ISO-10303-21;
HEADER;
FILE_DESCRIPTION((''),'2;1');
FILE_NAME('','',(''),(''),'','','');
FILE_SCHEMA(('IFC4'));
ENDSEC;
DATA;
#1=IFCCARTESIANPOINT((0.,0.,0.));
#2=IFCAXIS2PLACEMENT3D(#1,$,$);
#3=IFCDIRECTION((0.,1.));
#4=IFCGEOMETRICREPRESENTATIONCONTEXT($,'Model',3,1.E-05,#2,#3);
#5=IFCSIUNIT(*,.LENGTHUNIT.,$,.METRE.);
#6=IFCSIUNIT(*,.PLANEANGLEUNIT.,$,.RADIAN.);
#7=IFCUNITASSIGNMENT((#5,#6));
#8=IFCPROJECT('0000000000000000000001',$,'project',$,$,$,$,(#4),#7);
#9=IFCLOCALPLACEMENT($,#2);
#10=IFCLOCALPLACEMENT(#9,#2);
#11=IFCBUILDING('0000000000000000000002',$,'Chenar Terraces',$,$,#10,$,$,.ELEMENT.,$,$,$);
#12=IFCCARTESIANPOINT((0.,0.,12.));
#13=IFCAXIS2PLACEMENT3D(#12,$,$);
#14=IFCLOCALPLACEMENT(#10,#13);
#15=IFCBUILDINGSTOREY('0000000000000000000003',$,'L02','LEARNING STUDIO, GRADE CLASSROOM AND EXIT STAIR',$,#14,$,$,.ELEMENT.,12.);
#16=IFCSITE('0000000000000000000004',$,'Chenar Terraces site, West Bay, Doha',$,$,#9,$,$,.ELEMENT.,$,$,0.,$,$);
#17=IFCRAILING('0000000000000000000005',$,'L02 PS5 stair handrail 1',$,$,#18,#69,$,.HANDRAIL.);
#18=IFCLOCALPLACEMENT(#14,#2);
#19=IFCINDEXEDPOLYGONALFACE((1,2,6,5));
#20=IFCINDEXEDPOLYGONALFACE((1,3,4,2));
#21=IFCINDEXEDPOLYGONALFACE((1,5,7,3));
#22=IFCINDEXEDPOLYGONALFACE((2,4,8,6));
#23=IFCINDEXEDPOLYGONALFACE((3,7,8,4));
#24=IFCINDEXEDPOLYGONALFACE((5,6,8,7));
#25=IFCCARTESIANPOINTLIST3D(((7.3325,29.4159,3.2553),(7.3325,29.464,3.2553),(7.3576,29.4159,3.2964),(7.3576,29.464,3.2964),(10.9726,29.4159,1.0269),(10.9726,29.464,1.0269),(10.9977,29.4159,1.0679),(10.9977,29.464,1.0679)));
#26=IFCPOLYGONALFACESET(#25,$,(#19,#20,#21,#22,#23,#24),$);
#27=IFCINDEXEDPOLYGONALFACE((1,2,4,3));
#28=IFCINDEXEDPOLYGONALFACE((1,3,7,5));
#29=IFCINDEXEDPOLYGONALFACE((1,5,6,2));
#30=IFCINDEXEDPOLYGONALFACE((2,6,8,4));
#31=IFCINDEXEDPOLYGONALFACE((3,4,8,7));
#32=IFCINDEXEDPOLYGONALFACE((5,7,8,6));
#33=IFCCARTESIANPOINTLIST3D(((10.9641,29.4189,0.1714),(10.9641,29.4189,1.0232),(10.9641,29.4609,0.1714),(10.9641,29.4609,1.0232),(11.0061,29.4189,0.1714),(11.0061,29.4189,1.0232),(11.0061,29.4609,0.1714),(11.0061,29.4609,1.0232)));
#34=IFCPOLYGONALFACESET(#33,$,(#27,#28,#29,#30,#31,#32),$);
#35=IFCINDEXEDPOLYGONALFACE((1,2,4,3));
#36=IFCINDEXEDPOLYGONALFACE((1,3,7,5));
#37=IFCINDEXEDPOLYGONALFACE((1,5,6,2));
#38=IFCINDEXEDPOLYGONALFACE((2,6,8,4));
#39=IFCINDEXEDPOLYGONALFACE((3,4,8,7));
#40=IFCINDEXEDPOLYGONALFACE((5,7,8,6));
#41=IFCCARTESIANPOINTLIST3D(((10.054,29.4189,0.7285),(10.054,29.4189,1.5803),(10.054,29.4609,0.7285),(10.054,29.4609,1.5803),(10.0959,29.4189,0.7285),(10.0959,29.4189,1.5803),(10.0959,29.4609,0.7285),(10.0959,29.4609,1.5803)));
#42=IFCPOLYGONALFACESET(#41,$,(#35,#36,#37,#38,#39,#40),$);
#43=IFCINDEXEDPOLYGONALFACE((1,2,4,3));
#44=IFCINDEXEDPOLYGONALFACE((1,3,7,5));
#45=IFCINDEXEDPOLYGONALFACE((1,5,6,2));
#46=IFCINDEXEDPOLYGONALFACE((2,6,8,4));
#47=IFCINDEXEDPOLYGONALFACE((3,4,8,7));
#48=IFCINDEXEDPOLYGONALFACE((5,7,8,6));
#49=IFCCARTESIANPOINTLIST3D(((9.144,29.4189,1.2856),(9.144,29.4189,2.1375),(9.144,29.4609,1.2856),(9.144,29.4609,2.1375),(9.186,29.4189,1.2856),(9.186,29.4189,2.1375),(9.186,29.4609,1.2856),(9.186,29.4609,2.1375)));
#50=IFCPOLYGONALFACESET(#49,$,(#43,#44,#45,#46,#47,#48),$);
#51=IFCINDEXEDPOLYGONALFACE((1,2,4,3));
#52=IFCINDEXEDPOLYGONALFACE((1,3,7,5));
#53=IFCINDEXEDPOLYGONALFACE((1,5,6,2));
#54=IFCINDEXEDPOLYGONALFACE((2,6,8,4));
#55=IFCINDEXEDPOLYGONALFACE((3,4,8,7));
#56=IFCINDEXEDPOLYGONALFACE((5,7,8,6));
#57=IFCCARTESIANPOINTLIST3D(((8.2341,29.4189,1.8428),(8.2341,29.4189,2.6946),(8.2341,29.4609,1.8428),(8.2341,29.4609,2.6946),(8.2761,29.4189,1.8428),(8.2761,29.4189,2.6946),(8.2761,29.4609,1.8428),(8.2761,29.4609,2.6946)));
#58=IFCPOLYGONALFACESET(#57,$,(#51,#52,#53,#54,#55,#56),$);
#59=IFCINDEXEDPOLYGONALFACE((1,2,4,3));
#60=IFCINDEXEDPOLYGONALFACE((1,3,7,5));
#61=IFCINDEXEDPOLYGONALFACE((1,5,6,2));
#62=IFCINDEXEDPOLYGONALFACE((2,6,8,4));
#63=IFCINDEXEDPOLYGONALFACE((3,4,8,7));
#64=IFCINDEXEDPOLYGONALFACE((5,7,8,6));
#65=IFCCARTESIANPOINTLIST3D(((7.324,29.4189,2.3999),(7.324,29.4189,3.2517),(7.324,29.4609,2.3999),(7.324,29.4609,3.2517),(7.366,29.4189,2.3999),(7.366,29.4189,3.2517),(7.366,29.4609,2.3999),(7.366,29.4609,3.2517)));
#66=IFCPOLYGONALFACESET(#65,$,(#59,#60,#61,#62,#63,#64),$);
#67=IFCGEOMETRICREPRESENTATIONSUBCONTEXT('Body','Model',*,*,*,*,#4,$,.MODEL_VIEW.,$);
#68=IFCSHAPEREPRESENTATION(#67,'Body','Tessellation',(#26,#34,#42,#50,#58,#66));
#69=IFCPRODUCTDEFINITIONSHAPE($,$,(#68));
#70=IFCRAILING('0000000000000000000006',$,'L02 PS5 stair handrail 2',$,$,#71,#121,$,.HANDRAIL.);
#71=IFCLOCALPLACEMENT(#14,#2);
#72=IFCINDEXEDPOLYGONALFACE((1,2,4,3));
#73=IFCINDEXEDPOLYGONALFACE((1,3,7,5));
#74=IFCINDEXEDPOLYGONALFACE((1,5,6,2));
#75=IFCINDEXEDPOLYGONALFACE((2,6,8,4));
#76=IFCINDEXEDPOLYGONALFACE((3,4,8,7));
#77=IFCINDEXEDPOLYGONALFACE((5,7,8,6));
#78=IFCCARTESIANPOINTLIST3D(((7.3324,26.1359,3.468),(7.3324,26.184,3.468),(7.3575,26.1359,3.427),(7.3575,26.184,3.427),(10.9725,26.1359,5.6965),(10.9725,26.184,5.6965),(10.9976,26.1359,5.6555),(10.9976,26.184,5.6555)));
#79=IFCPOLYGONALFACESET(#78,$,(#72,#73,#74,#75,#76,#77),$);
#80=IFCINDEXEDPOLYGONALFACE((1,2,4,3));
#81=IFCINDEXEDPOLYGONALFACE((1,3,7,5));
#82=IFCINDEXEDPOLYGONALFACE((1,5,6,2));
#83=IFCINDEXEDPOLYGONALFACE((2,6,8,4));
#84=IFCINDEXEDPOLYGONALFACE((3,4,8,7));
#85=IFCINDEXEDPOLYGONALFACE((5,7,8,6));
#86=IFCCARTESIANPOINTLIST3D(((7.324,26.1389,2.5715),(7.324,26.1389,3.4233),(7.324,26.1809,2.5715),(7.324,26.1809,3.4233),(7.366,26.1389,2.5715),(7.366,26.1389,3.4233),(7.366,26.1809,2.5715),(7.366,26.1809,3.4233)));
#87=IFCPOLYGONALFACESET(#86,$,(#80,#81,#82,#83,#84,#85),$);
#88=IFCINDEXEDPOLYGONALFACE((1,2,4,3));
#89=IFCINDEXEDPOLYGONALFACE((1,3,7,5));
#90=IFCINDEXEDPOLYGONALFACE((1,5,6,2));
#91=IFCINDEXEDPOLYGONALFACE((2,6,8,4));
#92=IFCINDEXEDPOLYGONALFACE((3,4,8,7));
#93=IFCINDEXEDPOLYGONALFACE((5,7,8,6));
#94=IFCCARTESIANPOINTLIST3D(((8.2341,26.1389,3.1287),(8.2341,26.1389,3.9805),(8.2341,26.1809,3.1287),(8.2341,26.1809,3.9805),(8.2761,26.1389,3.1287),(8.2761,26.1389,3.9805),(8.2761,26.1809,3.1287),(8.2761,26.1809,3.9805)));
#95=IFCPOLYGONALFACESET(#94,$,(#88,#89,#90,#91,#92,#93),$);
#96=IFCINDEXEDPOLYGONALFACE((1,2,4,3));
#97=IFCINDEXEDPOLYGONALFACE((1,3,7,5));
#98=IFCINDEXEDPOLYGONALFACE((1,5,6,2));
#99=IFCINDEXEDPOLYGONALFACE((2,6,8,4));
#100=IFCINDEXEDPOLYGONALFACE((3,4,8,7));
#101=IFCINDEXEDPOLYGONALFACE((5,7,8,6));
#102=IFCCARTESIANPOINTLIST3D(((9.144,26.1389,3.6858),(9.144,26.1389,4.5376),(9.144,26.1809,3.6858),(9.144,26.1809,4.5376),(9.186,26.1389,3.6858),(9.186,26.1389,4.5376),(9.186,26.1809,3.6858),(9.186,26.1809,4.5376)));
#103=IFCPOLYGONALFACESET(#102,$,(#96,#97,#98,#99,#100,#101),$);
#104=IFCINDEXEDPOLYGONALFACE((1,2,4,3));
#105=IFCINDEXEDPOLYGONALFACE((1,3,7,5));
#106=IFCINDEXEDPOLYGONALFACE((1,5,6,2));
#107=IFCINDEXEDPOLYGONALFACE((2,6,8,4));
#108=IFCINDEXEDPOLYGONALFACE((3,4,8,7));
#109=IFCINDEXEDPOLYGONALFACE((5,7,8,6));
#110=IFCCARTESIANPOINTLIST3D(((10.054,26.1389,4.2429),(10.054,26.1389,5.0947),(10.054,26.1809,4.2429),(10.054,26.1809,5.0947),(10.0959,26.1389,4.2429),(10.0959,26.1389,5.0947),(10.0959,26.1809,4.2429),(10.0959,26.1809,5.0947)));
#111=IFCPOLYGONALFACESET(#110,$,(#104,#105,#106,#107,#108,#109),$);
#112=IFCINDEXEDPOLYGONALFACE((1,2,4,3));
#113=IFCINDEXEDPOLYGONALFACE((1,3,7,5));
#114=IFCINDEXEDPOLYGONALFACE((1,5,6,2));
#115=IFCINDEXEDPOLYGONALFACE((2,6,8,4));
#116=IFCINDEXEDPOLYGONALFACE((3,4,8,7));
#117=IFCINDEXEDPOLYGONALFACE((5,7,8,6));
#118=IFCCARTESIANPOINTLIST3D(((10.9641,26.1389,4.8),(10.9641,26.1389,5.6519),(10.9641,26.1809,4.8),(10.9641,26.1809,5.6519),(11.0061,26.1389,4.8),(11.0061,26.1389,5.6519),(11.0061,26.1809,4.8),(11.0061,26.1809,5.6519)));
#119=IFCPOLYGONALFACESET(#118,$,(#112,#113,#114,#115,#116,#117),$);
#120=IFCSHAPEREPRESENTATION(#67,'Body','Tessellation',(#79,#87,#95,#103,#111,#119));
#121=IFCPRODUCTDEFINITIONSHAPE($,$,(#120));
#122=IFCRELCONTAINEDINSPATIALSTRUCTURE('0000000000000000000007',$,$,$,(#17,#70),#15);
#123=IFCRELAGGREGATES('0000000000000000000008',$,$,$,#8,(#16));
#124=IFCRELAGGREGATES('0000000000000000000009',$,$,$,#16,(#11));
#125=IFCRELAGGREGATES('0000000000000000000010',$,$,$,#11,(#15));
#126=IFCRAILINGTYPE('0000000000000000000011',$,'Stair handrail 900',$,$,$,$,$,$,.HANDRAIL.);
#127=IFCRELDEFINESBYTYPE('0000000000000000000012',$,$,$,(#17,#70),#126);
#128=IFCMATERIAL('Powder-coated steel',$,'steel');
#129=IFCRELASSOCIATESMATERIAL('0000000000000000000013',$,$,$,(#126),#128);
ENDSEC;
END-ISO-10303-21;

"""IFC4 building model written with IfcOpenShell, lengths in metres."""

from ifc_helpers import new_model, si_unit, direction, frame, origin, origin_2d, place, context, subcontext, project, spatial, rectangle, extrude, material, type_object, element, save


model = new_model("IFC4")

# Units and contexts
model_context = context("Model", 3, precision=1e-05, world=origin(), true_north=direction((0.0, 1.0)))
body_context = subcontext(model_context, "Body", "Model", "MODEL_VIEW")
ifc_project = project(units=[si_unit("LENGTHUNIT", "METRE"), si_unit("PLANEANGLEUNIT", "RADIAN")], contexts=[model_context])

# Site, building, storey
site_placement = place(None, origin())
site = spatial("IfcSite", under=ifc_project, at=site_placement, Name="Chenar Terraces site, West Bay, Doha", CompositionType="ELEMENT", RefElevation=0.0)
building_placement = place(site_placement, origin())
building = spatial("IfcBuilding", under=site, at=building_placement, Name="Chenar Terraces", CompositionType="ELEMENT")
storey_placement = place(building_placement, frame((0.0, 0.0, 12.0)))
storey = spatial("IfcBuildingStorey", under=building, at=storey_placement, Name="L02", Description="LEARNING STUDIO, GRADE CLASSROOM AND EXIT STAIR", CompositionType="ELEMENT", Elevation=12.0)

# Railings
ifc_material_1 = material(Name="Powder-coated steel", Category="steel")
railing_type_1 = type_object("IfcRailingType", Name="Stair handrail 900", PredefinedType="HANDRAIL", material=ifc_material_1)
railing_1_placement = place(storey_placement, frame((10.9851, 29.4399, 0.1714)))
element("IfcRailing", 1, at=railing_1_placement, inside=storey, type_object=railing_type_1, Name="L02 PS5 stair handrail 1", PredefinedType="HANDRAIL", context=body_context, shape_type="SweptSolid", body=[
    extrude(rectangle(XDim=0.0481, YDim=0.0481, at=origin_2d()), frame((0.0, 0.0, 0.876), z_axis=(-0.852866, 0.0, 0.52213), x_axis=(0.0, -1.0, 0.0)), (0.0, 0.0, 1.0), 4.2681),
    extrude(rectangle(XDim=0.042, YDim=0.042, at=origin_2d()), origin(), (0.0, 0.0, 1.0), 0.8518),
    extrude(rectangle(XDim=0.042, YDim=0.042, at=origin_2d()), frame((-0.9102, 0.0, 0.5571)), (0.0, 0.0, 1.0), 0.8518),
    extrude(rectangle(XDim=0.042, YDim=0.042, at=origin_2d()), frame((-1.8201, 0.0, 1.1143)), (0.0, 0.0, 1.0), 0.8518),
    extrude(rectangle(XDim=0.042, YDim=0.042, at=origin_2d()), frame((-2.73, 0.0, 1.6714)), (0.0, 0.0, 1.0), 0.8518),
    extrude(rectangle(XDim=0.042, YDim=0.042, at=origin_2d()), frame((-3.6401, 0.0, 2.2285)), (0.0, 0.0, 1.0), 0.8518),
])
railing_2_placement = place(storey_placement, frame((7.345, 26.1599, 2.5715)))
element("IfcRailing", 2, at=railing_2_placement, inside=storey, type_object=railing_type_1, Name="L02 PS5 stair handrail 2", PredefinedType="HANDRAIL", context=body_context, shape_type="SweptSolid", body=[
    extrude(rectangle(XDim=0.0481, YDim=0.0481, at=origin_2d()), frame((0.0, 0.0, 0.876), z_axis=(0.852866, 0.0, 0.52213), x_axis=(0.0, 1.0, 0.0)), (0.0, 0.0, 1.0), 4.2681),
    extrude(rectangle(XDim=0.042, YDim=0.042, at=origin_2d()), origin(), (0.0, 0.0, 1.0), 0.8518),
    extrude(rectangle(XDim=0.042, YDim=0.042, at=origin_2d()), frame((0.9102, 0.0, 0.5571)), (0.0, 0.0, 1.0), 0.8518),
    extrude(rectangle(XDim=0.042, YDim=0.042, at=origin_2d()), frame((1.8201, 0.0, 1.1143)), (0.0, 0.0, 1.0), 0.8518),
    extrude(rectangle(XDim=0.042, YDim=0.042, at=origin_2d()), frame((2.73, 0.0, 1.6714)), (0.0, 0.0, 1.0), 0.8518),
    extrude(rectangle(XDim=0.042, YDim=0.042, at=origin_2d()), frame((3.6401, 0.0, 2.2285)), (0.0, 0.0, 1.0), 0.8518),
])

save(model, "model.ifc")
